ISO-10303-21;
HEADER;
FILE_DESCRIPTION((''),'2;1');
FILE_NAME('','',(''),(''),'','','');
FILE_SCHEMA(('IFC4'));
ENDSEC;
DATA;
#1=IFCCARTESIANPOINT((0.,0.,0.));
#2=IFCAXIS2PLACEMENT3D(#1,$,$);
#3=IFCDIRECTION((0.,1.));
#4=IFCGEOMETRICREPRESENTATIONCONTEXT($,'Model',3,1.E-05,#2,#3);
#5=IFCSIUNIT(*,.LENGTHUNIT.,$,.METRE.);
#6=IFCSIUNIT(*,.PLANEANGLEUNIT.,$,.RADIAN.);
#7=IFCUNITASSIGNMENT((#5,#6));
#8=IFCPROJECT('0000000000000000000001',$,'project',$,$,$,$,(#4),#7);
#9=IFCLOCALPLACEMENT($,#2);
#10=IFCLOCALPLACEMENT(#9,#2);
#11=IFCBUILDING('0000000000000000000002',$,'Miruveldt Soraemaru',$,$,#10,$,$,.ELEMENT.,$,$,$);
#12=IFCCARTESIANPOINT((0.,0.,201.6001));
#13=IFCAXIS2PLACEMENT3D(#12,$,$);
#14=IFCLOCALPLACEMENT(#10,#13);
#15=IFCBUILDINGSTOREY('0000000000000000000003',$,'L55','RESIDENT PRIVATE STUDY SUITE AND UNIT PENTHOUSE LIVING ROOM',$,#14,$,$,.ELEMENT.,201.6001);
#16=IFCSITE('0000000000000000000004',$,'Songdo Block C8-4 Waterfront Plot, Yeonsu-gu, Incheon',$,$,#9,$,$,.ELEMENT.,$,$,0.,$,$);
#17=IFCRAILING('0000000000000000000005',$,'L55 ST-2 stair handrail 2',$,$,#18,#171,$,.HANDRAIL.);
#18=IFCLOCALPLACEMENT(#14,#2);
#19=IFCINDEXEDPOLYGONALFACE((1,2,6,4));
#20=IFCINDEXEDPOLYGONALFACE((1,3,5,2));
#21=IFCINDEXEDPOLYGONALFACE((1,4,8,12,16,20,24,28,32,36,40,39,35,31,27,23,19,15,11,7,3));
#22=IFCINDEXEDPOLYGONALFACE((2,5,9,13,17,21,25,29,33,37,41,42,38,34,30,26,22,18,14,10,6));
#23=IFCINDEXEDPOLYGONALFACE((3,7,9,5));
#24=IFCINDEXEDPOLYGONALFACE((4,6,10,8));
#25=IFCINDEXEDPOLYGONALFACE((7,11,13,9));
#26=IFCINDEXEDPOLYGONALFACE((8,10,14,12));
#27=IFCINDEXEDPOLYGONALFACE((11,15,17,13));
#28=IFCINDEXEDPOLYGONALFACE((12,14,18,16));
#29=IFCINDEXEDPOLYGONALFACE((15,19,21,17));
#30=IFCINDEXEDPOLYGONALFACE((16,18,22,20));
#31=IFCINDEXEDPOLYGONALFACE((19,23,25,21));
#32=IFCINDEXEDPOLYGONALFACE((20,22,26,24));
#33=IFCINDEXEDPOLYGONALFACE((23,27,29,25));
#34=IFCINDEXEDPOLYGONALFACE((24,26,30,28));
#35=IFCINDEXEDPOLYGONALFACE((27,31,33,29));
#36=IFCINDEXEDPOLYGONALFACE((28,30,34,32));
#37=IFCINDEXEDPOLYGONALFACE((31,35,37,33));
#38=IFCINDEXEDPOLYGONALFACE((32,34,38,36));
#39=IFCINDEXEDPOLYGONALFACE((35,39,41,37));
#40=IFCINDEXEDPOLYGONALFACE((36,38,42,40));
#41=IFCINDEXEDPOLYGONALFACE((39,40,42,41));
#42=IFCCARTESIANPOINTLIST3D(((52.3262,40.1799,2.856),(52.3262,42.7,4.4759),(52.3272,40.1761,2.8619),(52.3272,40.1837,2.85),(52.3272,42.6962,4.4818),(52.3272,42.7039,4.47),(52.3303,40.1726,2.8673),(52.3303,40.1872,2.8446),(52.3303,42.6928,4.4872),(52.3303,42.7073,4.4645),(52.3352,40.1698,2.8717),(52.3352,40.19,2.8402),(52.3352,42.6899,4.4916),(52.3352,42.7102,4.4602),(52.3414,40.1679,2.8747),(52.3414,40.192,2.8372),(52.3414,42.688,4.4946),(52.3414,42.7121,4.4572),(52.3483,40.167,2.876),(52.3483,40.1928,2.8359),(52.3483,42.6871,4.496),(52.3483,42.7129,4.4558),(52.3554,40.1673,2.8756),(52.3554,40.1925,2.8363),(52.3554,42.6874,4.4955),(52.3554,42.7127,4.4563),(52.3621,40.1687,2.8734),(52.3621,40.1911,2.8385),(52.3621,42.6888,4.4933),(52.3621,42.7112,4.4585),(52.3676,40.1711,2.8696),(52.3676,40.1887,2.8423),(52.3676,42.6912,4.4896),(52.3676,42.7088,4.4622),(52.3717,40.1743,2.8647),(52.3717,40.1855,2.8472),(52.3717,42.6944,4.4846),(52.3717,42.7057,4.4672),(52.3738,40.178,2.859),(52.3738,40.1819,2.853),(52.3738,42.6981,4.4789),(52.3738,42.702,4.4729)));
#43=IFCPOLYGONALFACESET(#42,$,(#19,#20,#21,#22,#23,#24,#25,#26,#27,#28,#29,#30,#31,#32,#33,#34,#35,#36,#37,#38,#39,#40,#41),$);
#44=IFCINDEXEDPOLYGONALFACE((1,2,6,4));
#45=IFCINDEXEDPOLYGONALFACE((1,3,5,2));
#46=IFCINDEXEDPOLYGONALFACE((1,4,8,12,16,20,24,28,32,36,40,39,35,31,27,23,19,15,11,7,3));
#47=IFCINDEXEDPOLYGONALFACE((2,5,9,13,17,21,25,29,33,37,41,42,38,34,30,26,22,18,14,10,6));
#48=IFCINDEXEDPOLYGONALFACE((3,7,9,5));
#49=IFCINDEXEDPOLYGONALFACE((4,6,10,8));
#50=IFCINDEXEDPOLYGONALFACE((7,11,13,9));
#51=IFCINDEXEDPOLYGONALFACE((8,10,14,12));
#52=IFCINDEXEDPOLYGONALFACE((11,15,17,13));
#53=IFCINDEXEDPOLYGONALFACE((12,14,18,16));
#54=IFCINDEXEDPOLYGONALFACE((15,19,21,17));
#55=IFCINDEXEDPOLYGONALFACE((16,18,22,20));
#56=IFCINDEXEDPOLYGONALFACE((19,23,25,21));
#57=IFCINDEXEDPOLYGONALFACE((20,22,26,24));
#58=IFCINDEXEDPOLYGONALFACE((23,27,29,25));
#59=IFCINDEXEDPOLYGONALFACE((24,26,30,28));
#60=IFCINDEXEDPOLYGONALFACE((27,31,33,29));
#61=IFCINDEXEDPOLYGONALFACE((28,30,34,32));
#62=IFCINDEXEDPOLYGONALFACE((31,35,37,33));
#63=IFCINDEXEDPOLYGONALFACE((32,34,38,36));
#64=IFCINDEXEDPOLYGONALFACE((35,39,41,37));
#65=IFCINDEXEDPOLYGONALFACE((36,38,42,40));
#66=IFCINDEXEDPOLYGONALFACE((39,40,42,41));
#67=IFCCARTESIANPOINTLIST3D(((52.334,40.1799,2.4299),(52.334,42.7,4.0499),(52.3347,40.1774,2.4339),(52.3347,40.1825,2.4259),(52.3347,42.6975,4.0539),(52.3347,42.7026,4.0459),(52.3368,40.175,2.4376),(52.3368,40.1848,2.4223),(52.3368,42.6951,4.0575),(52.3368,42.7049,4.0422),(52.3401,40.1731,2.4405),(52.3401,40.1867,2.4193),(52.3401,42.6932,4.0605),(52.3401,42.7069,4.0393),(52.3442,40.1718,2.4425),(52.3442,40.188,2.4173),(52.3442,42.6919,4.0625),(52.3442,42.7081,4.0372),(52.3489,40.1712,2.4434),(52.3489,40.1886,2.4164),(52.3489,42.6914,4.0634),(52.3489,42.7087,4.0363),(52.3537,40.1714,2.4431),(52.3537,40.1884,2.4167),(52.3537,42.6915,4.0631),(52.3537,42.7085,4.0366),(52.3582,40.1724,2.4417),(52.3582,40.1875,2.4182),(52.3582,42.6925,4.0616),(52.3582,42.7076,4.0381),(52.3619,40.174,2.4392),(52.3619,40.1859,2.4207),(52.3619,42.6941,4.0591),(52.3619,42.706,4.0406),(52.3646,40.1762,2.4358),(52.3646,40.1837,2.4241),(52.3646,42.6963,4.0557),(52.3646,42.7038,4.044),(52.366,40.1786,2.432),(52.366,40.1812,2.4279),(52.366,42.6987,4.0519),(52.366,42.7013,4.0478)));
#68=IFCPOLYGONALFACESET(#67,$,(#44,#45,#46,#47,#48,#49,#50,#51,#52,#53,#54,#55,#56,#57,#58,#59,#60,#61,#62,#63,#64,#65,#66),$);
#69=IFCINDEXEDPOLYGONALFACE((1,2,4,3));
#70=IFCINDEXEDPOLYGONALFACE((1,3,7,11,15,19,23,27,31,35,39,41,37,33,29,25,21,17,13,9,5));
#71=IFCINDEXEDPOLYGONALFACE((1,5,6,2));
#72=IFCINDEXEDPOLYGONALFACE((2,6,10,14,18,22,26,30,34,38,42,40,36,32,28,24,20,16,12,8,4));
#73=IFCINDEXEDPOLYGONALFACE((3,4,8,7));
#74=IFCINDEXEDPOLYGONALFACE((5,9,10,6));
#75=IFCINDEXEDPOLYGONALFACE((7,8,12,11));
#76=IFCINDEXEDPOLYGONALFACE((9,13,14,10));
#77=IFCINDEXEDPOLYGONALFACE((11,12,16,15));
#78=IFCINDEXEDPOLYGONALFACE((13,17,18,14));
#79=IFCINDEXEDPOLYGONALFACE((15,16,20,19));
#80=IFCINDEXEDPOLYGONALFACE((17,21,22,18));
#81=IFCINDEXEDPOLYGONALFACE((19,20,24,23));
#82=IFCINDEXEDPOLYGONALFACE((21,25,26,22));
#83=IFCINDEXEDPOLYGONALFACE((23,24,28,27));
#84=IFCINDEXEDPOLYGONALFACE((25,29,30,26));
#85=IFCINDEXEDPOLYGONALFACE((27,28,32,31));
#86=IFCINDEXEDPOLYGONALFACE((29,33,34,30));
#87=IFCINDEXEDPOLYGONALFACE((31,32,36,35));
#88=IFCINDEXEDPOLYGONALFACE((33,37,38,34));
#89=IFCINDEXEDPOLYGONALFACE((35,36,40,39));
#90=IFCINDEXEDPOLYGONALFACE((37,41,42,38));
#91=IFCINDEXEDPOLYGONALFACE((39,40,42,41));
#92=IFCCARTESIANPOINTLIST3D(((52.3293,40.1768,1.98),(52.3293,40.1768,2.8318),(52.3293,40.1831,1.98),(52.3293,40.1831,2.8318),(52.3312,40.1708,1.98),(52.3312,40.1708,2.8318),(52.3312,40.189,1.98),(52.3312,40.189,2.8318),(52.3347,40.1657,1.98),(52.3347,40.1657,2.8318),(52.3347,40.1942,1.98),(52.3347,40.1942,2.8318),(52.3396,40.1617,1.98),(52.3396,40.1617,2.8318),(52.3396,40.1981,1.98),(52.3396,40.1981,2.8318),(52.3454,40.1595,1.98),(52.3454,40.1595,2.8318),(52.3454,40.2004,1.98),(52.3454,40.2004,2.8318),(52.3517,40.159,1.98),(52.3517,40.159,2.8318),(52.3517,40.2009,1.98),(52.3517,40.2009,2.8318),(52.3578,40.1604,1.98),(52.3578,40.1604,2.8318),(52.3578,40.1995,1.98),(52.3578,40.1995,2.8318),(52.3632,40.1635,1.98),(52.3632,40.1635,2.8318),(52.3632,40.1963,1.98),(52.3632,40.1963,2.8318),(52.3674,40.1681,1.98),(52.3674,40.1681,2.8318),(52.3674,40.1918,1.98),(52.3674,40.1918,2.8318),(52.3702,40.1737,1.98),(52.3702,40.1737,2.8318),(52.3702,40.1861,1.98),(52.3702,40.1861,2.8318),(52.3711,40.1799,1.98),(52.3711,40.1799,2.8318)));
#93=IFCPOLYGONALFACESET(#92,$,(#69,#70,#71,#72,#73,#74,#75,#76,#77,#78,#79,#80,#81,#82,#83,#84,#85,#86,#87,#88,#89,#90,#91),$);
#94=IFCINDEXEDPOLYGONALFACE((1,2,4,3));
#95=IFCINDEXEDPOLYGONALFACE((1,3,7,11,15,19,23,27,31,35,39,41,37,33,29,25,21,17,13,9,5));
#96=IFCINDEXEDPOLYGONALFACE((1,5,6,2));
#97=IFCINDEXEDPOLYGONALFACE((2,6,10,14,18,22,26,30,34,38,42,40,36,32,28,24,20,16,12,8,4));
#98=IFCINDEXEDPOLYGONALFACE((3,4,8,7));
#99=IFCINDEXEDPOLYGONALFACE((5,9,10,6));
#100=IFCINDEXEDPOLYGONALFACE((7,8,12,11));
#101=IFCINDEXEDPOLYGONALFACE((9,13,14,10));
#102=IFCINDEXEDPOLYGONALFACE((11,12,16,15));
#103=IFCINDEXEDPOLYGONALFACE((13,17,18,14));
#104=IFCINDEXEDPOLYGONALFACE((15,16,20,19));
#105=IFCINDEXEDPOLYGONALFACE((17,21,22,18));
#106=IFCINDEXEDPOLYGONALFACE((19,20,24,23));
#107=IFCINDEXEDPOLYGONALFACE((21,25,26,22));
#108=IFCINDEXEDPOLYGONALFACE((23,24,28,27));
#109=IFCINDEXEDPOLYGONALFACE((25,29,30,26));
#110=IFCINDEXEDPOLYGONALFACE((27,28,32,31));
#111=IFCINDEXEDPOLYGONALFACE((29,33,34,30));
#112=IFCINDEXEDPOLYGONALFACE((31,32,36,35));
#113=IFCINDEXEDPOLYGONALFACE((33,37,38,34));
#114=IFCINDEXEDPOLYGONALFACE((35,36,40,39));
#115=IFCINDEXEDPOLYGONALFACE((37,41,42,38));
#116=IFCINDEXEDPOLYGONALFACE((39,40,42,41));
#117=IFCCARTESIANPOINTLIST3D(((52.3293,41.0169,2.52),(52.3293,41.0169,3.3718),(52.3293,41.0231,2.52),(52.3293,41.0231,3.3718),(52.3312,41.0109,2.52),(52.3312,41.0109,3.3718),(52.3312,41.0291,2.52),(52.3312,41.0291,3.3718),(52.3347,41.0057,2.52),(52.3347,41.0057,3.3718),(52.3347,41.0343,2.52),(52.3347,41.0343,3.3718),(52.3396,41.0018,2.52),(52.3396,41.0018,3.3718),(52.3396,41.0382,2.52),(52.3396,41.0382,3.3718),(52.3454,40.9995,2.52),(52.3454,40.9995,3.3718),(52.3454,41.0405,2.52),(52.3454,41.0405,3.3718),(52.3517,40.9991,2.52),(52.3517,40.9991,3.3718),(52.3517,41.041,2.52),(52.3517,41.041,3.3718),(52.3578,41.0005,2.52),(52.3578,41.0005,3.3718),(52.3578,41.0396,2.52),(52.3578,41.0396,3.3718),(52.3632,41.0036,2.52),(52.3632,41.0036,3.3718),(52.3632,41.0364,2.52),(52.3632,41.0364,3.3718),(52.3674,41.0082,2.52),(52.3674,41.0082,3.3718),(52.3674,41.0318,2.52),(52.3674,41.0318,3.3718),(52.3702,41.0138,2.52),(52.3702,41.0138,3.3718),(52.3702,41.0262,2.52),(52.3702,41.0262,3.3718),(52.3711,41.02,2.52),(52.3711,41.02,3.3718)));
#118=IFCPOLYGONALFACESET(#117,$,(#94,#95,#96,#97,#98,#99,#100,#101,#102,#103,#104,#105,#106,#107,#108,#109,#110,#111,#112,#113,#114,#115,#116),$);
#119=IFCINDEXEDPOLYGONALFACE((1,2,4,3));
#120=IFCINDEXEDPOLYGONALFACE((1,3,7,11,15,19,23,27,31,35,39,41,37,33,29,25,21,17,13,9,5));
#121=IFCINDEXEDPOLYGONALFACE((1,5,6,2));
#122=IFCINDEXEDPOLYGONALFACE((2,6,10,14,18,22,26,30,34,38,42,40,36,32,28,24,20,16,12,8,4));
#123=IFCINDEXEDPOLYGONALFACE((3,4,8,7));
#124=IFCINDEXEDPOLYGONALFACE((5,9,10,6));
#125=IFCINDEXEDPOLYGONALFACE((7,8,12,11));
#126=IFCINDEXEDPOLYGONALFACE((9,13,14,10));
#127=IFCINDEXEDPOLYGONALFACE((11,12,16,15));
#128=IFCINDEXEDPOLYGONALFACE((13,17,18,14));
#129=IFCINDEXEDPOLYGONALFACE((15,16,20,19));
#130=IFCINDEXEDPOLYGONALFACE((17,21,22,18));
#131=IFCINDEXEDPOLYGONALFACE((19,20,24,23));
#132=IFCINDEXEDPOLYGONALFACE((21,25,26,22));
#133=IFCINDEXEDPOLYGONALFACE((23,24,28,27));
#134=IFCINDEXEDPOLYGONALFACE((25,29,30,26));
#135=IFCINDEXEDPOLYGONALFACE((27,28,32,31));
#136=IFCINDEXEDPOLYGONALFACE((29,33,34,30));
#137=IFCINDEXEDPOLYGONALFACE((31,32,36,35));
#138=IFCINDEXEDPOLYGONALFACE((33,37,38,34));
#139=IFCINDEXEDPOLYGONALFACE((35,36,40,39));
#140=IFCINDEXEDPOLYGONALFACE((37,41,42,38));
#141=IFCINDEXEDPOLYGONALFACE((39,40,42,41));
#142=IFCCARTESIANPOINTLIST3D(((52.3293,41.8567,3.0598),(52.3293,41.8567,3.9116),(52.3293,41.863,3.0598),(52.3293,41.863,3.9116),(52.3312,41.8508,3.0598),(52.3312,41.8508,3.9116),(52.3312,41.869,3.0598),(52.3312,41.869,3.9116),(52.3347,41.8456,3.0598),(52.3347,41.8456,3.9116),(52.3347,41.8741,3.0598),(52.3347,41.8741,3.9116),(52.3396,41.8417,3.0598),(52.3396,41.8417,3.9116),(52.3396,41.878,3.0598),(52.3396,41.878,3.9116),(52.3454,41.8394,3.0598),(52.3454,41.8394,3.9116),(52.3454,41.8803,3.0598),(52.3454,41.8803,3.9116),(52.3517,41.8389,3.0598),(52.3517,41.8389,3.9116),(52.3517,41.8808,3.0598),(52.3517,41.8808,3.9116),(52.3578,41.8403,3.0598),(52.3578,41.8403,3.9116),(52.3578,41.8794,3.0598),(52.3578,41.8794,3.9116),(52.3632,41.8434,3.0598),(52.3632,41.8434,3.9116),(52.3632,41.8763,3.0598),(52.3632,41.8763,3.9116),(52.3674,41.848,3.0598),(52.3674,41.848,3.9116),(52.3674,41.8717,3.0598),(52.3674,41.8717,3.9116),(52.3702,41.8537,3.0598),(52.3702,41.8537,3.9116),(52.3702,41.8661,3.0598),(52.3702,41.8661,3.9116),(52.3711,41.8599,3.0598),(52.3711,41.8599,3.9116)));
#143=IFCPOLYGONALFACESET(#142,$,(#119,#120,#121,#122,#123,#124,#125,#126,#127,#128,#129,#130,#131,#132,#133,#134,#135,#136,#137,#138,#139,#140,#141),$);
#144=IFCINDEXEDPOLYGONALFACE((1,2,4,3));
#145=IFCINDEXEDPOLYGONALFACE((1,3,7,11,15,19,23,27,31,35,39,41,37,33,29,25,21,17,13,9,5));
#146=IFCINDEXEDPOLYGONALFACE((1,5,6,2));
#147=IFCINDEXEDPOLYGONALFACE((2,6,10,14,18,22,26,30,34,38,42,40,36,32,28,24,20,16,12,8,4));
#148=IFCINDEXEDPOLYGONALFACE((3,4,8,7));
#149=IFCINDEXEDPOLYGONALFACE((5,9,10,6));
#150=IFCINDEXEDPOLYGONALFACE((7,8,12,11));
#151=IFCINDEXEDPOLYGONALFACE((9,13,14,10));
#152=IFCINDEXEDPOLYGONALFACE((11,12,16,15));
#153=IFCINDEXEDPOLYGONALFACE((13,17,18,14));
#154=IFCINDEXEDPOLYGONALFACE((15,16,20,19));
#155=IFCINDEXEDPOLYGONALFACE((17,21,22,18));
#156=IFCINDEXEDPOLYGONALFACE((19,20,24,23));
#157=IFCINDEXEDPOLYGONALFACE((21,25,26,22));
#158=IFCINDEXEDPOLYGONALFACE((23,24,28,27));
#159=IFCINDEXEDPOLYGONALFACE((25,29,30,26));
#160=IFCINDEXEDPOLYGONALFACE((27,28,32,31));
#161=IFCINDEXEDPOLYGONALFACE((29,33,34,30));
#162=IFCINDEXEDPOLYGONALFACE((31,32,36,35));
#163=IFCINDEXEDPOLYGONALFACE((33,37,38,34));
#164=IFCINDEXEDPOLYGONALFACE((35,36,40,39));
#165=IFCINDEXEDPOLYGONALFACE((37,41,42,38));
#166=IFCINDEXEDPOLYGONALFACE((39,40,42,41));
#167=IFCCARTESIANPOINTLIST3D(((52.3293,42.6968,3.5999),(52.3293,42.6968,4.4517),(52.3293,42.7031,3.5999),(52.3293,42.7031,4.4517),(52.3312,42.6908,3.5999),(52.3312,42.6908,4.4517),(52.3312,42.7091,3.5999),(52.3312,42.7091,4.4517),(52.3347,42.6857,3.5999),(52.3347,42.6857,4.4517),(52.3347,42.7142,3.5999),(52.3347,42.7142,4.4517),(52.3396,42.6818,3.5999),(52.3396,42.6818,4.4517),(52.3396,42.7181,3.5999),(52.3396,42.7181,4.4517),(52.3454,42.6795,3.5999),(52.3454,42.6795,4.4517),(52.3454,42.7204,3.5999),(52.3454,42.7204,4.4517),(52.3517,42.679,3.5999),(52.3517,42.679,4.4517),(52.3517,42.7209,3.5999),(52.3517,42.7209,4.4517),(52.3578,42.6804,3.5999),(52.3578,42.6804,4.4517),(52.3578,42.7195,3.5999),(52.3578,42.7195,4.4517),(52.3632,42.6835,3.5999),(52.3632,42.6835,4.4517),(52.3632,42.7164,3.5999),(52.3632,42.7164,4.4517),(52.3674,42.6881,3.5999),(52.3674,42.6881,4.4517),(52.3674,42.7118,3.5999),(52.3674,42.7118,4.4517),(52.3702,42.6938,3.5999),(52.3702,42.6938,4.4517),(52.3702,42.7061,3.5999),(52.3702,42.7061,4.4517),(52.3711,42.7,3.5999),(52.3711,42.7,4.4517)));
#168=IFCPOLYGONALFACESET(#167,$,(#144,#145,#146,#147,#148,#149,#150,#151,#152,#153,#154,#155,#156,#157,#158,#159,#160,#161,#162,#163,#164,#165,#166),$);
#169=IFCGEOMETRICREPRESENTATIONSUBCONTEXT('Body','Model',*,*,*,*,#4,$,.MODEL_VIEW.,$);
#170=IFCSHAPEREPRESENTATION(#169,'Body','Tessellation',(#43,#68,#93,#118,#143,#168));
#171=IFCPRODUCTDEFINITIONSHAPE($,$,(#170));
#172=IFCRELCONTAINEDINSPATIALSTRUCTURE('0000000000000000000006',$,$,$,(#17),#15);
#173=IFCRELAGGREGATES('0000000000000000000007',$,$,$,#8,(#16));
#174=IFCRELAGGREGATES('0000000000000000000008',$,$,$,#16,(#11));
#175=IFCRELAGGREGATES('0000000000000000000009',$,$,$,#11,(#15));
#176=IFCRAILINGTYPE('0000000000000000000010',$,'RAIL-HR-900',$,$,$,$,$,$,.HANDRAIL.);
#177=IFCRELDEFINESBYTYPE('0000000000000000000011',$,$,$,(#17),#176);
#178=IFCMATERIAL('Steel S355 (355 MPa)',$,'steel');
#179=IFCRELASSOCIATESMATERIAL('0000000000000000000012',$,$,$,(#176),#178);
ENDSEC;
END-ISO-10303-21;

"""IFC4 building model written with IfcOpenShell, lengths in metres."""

from ifc_helpers import new_model, si_unit, direction, frame, origin, origin_2d, place, context, subcontext, project, spatial, circle, extrude, material, type_object, element, save


model = new_model("IFC4")

# Units and contexts
model_context = context("Model", 3, precision=1e-05, world=origin(), true_north=direction((0.0, 1.0)))
body_context = subcontext(model_context, "Body", "Model", "MODEL_VIEW")
ifc_project = project(units=[si_unit("LENGTHUNIT", "METRE"), si_unit("PLANEANGLEUNIT", "RADIAN")], contexts=[model_context])

# Site, building, storey
site_placement = place(None, origin())
site = spatial("IfcSite", under=ifc_project, at=site_placement, Name="Songdo Block C8-4 Waterfront Plot, Yeonsu-gu, Incheon", CompositionType="ELEMENT", RefElevation=0.0)
building_placement = place(site_placement, origin())
building = spatial("IfcBuilding", under=site, at=building_placement, Name="Miruveldt Soraemaru", CompositionType="ELEMENT")
storey_placement = place(building_placement, frame((0.0, 0.0, 201.6001)))
storey = spatial("IfcBuildingStorey", under=building, at=storey_placement, Name="L55", Description="RESIDENT PRIVATE STUDY SUITE AND UNIT PENTHOUSE LIVING ROOM", CompositionType="ELEMENT", Elevation=201.6001)

# Railing
ifc_material_1 = material(Name="Steel S355 (355 MPa)", Category="steel")
railing_type = type_object("IfcRailingType", Name="RAIL-HR-900", PredefinedType="HANDRAIL", material=ifc_material_1)
railing_placement = place(storey_placement, frame((52.3501, 40.1799, 1.98)))
element("IfcRailing", 1, at=railing_placement, inside=storey, type_object=railing_type, Name="L55 ST-2 stair handrail 2", PredefinedType="HANDRAIL", context=body_context, shape_type="SweptSolid", body=[
    extrude(circle(Radius=0.0239, at=origin_2d()), frame((0.0, 0.0, 0.876), z_axis=(0.0, 0.8412, 0.540725), x_axis=(-1.0, 0.0, 0.0)), (0.0, 0.0, 1.0), 2.9958),
    extrude(circle(Radius=0.0161, at=origin_2d()), frame((0.0, 0.0, 0.45), z_axis=(0.0, 0.8412, 0.540725), x_axis=(-1.0, 0.0, 0.0)), (0.0, 0.0, 1.0), 2.9958),
    extrude(circle(Radius=0.021, at=origin_2d()), origin(), (0.0, 0.0, 1.0), 0.8518),
    extrude(circle(Radius=0.021, at=origin_2d()), frame((0.0, 0.8401, 0.54)), (0.0, 0.0, 1.0), 0.8518),
    extrude(circle(Radius=0.021, at=origin_2d()), frame((0.0, 1.6799, 1.0798)), (0.0, 0.0, 1.0), 0.8518),
    extrude(circle(Radius=0.021, at=origin_2d()), frame((0.0, 2.52, 1.6199)), (0.0, 0.0, 1.0), 0.8518),
])

save(model, "model.ifc")
